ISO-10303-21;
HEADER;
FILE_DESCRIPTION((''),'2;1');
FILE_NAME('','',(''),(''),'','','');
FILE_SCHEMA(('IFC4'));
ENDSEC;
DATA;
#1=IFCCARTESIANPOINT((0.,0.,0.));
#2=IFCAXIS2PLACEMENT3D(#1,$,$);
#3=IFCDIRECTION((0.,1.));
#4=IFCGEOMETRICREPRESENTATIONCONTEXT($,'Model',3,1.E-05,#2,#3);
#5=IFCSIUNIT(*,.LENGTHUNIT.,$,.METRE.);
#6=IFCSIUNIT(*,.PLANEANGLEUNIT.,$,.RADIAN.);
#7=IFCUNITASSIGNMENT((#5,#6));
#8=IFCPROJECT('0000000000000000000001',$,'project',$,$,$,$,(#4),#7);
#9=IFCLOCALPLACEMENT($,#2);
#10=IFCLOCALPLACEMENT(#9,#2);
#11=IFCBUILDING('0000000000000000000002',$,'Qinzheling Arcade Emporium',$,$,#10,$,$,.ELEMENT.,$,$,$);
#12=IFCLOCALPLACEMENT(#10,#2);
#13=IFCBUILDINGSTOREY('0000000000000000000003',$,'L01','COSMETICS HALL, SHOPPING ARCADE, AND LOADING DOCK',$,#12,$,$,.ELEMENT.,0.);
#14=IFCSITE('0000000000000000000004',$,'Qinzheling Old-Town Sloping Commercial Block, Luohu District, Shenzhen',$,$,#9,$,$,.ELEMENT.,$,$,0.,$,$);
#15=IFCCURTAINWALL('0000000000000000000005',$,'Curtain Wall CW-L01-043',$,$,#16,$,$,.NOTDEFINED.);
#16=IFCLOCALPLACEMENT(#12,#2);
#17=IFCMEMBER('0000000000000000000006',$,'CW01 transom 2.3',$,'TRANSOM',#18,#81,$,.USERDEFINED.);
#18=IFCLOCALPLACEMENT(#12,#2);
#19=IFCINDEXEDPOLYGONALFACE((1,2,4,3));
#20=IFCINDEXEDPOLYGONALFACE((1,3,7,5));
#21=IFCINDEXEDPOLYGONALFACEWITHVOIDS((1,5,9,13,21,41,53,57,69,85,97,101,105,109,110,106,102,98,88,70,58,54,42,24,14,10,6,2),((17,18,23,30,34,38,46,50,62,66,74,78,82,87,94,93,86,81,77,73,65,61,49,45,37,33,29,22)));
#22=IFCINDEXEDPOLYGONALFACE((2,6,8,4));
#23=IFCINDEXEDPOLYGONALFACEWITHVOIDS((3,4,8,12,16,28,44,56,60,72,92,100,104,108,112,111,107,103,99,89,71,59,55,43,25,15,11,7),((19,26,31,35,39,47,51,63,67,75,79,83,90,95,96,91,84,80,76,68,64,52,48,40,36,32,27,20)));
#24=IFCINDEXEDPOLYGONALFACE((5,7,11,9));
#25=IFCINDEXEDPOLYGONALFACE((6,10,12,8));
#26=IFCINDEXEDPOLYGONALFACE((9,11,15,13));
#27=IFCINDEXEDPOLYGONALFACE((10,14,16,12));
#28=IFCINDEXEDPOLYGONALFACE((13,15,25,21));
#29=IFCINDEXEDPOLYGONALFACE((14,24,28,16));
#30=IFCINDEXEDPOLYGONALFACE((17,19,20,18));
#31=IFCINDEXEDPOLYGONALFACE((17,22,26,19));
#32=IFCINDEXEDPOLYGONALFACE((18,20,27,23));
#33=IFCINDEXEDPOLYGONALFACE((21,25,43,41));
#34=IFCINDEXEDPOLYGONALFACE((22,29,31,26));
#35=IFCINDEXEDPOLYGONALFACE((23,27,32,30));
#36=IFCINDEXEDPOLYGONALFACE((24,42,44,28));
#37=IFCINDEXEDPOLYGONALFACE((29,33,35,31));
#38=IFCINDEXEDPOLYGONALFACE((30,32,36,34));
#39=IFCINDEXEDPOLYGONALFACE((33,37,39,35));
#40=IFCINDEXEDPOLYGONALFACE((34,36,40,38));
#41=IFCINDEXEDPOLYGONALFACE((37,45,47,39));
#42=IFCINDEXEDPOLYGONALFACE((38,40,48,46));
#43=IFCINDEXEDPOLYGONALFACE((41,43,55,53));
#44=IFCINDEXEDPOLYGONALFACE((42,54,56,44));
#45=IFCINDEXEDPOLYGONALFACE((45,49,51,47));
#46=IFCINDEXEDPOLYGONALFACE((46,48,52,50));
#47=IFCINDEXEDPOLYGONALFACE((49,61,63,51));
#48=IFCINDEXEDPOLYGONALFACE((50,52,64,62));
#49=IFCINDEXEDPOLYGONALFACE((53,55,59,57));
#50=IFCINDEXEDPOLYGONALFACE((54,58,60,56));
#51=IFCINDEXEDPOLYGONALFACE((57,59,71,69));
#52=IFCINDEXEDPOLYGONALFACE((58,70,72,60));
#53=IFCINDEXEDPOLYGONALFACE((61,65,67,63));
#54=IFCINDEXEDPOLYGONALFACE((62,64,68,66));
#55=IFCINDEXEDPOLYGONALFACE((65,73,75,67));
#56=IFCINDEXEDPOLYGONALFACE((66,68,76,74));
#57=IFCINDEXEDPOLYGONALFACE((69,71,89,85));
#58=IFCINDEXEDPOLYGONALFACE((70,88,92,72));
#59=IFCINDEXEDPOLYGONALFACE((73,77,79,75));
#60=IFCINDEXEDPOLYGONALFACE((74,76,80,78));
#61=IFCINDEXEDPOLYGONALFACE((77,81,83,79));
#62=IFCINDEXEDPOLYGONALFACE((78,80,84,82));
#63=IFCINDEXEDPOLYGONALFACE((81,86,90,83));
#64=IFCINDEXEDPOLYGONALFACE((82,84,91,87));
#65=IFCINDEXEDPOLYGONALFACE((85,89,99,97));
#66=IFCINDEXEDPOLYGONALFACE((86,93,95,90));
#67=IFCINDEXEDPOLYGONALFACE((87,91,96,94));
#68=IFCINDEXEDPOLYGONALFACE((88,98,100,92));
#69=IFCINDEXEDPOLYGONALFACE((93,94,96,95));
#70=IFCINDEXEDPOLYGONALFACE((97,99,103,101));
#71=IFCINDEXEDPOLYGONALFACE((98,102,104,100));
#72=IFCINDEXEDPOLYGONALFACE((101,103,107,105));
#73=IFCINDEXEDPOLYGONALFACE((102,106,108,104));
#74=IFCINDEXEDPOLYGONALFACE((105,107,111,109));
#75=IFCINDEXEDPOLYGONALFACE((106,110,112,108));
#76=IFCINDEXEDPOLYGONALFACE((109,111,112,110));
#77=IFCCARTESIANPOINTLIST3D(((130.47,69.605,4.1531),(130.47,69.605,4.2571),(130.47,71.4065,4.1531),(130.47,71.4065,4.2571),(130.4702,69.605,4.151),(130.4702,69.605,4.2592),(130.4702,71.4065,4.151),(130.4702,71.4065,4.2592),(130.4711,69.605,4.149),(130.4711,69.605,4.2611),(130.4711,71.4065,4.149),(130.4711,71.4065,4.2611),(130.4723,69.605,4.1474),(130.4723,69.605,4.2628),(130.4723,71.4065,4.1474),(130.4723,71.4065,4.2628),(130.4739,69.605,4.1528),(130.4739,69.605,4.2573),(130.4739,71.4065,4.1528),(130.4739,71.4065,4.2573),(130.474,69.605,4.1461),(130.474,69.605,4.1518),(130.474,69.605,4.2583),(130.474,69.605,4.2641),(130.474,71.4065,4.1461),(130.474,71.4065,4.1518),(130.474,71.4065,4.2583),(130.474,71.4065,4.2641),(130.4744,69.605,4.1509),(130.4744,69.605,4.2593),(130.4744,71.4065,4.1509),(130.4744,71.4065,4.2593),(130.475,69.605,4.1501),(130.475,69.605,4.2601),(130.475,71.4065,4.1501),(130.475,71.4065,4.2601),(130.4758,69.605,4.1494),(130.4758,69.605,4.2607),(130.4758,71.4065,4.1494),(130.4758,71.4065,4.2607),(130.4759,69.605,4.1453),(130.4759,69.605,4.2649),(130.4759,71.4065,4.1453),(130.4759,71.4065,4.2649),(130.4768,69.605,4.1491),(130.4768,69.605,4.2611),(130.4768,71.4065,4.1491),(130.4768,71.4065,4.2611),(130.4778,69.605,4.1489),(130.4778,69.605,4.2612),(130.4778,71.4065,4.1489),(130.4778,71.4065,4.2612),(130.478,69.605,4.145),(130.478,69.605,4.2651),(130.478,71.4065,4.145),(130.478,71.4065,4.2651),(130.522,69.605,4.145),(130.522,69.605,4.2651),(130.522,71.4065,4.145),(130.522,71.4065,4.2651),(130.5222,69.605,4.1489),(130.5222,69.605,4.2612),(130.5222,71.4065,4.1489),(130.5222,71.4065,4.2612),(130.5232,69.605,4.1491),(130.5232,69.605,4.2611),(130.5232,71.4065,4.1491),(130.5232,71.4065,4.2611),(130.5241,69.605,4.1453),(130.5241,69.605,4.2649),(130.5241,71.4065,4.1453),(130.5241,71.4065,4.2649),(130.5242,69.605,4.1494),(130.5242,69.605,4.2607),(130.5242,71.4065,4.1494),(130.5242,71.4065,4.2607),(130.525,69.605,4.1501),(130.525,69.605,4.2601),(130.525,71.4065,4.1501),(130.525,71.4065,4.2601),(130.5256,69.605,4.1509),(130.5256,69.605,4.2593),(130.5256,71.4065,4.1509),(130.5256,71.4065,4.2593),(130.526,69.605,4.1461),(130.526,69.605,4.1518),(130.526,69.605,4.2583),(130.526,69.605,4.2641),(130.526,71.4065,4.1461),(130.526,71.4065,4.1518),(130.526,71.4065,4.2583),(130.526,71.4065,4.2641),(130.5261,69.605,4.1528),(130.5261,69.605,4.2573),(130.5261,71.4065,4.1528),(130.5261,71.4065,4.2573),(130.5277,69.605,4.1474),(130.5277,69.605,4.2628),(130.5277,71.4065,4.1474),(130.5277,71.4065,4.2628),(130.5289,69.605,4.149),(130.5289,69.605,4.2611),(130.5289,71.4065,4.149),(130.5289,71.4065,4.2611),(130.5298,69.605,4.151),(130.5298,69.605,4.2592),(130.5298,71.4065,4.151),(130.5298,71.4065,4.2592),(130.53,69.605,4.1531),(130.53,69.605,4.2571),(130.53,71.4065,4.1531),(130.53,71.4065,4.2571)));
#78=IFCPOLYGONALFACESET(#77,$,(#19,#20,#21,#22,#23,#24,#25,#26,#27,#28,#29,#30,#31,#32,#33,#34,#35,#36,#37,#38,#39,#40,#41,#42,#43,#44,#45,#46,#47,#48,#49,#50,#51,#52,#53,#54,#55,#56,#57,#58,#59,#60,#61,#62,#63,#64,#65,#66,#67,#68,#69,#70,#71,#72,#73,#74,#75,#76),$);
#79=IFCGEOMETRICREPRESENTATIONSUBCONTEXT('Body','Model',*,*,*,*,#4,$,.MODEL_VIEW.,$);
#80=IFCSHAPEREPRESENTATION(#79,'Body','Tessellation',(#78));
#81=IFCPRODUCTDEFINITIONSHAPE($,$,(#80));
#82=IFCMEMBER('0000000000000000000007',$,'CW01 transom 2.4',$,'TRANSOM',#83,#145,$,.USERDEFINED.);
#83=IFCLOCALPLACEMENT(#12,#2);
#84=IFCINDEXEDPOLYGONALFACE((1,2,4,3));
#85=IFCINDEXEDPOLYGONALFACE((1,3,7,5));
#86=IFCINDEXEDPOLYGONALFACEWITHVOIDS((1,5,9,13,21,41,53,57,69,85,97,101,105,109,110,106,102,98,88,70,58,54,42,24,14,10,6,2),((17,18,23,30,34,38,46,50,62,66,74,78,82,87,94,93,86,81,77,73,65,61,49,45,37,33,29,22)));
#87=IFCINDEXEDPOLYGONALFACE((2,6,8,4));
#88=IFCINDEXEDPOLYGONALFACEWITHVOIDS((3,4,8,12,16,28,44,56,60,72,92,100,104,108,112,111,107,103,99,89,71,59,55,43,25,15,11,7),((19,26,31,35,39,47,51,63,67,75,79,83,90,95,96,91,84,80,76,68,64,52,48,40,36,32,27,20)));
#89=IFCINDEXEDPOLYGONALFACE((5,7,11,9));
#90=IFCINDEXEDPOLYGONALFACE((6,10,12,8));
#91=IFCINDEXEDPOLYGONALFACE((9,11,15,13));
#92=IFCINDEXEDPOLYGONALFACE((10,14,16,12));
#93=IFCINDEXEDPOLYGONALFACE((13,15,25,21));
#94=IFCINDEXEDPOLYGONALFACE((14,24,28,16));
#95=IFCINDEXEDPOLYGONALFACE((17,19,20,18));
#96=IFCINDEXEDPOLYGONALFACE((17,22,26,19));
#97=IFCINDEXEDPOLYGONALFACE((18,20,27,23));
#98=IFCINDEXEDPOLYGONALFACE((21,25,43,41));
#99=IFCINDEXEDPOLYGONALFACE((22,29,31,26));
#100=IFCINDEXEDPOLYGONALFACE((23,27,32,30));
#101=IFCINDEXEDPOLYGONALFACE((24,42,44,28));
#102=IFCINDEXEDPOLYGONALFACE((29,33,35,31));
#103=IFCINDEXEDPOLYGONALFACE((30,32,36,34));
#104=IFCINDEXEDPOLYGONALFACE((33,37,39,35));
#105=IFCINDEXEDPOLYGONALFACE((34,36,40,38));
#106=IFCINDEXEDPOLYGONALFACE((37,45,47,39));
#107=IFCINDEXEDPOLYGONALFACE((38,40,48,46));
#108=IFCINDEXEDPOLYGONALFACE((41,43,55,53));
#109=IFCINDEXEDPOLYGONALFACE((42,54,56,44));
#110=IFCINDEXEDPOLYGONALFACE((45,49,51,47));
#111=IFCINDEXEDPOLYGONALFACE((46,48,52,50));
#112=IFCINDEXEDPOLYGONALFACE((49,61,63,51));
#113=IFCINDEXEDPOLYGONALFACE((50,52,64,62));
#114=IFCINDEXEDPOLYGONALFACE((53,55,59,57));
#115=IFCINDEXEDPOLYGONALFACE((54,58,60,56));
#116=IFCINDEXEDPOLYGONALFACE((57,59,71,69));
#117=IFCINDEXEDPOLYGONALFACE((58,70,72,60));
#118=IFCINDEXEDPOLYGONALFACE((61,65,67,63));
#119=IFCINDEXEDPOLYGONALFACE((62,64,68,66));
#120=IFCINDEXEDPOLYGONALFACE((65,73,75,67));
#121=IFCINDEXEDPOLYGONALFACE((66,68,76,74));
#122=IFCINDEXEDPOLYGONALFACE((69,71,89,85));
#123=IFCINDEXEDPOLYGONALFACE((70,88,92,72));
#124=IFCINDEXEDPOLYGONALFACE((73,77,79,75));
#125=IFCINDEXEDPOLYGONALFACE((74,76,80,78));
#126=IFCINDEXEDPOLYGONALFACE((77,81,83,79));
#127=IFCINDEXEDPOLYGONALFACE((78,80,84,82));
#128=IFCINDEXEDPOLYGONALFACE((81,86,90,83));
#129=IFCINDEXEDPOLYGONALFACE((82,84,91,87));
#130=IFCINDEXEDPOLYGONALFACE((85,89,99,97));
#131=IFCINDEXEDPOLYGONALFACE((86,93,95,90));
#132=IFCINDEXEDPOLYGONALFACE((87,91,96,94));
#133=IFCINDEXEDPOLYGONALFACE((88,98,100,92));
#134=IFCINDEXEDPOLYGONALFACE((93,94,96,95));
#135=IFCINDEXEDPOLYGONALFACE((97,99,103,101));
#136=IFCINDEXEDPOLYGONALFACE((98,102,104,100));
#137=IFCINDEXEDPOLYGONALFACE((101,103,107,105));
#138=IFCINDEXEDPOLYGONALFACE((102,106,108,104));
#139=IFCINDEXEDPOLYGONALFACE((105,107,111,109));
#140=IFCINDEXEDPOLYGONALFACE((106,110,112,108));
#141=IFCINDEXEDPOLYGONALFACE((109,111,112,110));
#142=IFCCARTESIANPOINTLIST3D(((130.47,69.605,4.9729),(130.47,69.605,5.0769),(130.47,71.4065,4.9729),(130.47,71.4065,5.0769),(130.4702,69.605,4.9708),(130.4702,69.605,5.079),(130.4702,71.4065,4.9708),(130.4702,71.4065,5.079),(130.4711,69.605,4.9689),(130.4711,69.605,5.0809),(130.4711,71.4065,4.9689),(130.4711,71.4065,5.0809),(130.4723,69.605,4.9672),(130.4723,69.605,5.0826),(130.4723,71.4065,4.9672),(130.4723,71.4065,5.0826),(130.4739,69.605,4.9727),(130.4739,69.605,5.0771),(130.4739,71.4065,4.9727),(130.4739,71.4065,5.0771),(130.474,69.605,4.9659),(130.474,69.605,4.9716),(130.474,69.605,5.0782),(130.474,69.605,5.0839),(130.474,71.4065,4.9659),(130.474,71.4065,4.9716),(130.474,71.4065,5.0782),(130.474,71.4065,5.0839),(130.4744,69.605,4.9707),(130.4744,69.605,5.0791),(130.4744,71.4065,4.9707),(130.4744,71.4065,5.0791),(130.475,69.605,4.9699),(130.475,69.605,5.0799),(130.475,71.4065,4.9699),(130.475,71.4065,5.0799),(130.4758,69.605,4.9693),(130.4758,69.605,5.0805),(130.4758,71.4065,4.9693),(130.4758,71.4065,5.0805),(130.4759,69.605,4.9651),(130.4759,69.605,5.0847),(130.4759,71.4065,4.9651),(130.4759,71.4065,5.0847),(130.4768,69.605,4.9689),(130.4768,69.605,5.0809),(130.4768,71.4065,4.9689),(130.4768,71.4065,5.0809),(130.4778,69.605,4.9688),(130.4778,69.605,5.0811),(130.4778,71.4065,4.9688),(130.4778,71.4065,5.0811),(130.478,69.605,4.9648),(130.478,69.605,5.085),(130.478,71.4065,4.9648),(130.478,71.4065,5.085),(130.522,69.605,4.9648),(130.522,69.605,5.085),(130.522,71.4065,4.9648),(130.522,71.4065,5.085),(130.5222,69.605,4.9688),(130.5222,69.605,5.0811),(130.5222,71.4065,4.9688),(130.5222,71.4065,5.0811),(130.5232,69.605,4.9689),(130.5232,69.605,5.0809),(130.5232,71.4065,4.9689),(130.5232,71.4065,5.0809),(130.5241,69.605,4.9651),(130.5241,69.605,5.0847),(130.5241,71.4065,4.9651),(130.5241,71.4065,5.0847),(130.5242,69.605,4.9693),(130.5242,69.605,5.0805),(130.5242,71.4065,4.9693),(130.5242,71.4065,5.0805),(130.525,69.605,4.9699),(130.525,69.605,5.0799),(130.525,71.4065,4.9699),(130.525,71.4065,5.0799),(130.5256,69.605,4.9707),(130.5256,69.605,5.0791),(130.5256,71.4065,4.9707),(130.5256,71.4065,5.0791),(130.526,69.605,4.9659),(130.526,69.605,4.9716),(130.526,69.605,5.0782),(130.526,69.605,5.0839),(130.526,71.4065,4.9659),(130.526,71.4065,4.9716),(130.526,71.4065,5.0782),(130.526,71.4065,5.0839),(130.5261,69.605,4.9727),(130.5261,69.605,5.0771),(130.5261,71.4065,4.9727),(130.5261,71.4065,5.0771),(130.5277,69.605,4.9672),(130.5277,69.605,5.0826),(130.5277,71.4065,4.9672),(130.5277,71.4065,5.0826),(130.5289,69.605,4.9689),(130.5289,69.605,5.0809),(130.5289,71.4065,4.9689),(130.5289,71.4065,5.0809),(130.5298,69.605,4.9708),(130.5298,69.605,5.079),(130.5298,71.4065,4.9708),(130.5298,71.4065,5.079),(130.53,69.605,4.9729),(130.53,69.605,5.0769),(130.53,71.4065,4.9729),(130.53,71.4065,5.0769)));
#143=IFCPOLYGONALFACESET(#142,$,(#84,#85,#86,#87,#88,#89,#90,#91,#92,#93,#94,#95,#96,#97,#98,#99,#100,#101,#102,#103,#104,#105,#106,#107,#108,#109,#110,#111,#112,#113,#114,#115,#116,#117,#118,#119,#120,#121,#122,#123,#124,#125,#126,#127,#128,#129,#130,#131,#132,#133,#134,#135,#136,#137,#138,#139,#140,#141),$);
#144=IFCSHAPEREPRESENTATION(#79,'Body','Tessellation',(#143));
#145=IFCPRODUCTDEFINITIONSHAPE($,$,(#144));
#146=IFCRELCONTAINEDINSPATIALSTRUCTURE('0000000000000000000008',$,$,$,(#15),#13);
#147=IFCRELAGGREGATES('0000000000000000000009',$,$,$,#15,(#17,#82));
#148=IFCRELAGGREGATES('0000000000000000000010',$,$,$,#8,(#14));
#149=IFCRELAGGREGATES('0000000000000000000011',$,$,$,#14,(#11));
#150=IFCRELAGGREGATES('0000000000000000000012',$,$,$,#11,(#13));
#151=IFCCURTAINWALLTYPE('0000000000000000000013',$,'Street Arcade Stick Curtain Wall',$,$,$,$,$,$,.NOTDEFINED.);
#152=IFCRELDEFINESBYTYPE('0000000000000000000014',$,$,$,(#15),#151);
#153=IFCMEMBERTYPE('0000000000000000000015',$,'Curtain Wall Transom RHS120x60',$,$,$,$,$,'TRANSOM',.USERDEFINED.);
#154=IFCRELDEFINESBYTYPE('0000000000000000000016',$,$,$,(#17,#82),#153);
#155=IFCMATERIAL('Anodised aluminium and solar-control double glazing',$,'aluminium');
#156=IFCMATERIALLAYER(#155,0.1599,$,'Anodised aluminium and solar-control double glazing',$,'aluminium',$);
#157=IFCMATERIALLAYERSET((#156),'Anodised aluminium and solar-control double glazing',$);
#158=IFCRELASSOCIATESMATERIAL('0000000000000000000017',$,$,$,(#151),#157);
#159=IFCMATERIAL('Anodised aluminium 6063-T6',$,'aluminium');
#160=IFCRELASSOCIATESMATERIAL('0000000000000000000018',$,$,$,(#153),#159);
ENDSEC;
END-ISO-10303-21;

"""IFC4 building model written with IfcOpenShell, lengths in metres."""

from ifc_helpers import new_model, si_unit, direction, frame, origin, origin_2d, place, context, subcontext, project, spatial, hollow_rectangle, extrude, material, layer, layer_set, material_profile, profile_set, type_object, element, aggregate, save


model = new_model("IFC4")

# Units and contexts
model_context = context("Model", 3, precision=1e-05, world=origin(), true_north=direction((0.0, 1.0)))
body_context = subcontext(model_context, "Body", "Model", "MODEL_VIEW")
ifc_project = project(units=[si_unit("LENGTHUNIT", "METRE"), si_unit("PLANEANGLEUNIT", "RADIAN")], contexts=[model_context])

# Site, building, storey
site_placement = place(None, origin())
site = spatial("IfcSite", under=ifc_project, at=site_placement, Name="Qinzheling Old-Town Sloping Commercial Block, Luohu District, Shenzhen", CompositionType="ELEMENT", RefElevation=0.0)
building_placement = place(site_placement, origin())
building = spatial("IfcBuilding", under=site, at=building_placement, Name="Qinzheling Arcade Emporium", CompositionType="ELEMENT")
storey_placement = place(building_placement, origin())
storey = spatial("IfcBuildingStorey", under=building, at=storey_placement, Name="L01", Description="COSMETICS HALL, SHOPPING ARCADE, AND LOADING DOCK", CompositionType="ELEMENT", Elevation=0.0)

# Curtain wall, members
ifc_material_1 = material(Name="Anodised aluminium and solar-control double glazing", Category="aluminium")
ifc_layer_1 = layer(ifc_material_1, 0.1599, Name="Anodised aluminium and solar-control double glazing", Category="aluminium")
ifc_layer_set_1 = layer_set([ifc_layer_1], Name="Anodised aluminium and solar-control double glazing")
curtain_wall_type = type_object("IfcCurtainWallType", Name="Street Arcade Stick Curtain Wall", PredefinedType="NOTDEFINED", material=ifc_layer_set_1)
curtain_wall_placement = place(storey_placement, origin())
curtain_wall = element("IfcCurtainWall", 1, at=curtain_wall_placement, inside=storey, type_object=curtain_wall_type, Name="Curtain Wall CW-L01-043", PredefinedType="NOTDEFINED")
ifc_material_2 = material(Name="Anodised aluminium 6063-T6", Category="aluminium")
ifc_material_profile_1 = material_profile(ifc_material_2, hollow_rectangle(XDim=0.0601, YDim=0.1201, WallThickness=0.0039, InnerFilletRadius=0.0039, OuterFilletRadius=0.0081, at=origin_2d()), Name="RHS 120x60x4", Category="aluminium")
ifc_profile_set_1 = profile_set([ifc_material_profile_1], Name="Anodised aluminium 6063-T6")
member_type_1 = type_object("IfcMemberType", Name="Curtain Wall Transom RHS120x60", ElementType="TRANSOM", PredefinedType="USERDEFINED", material=ifc_profile_set_1)
member_1_placement = place(storey_placement, frame((130.5, 71.4065, 4.2051), z_axis=(0.0, -1.0, 0.0), x_axis=(1.0, 0.0, 0.0)))
member_1 = element("IfcMember", 2, at=member_1_placement, type_object=member_type_1, Name="CW01 transom 2.3", ObjectType="TRANSOM", PredefinedType="USERDEFINED", context=body_context, shape_type="SweptSolid", body=[
    extrude(hollow_rectangle(XDim=0.0601, YDim=0.1201, WallThickness=0.0039, InnerFilletRadius=0.0039, OuterFilletRadius=0.0081, at=origin_2d()), origin(), (0.0, 0.0, 1.0), 1.8015),
])
member_2_placement = place(storey_placement, frame((130.5, 71.4065, 5.0249), z_axis=(0.0, -1.0, 0.0), x_axis=(1.0, 0.0, 0.0)))
member_2 = element("IfcMember", 3, at=member_2_placement, type_object=member_type_1, Name="CW01 transom 2.4", ObjectType="TRANSOM", PredefinedType="USERDEFINED", context=body_context, shape_type="SweptSolid", body=[
    extrude(hollow_rectangle(XDim=0.0601, YDim=0.1201, WallThickness=0.0039, InnerFilletRadius=0.0039, OuterFilletRadius=0.0081, at=origin_2d()), origin(), (0.0, 0.0, 1.0), 1.8015),
])
aggregate(curtain_wall, [member_1, member_2])

save(model, "model.ifc")
